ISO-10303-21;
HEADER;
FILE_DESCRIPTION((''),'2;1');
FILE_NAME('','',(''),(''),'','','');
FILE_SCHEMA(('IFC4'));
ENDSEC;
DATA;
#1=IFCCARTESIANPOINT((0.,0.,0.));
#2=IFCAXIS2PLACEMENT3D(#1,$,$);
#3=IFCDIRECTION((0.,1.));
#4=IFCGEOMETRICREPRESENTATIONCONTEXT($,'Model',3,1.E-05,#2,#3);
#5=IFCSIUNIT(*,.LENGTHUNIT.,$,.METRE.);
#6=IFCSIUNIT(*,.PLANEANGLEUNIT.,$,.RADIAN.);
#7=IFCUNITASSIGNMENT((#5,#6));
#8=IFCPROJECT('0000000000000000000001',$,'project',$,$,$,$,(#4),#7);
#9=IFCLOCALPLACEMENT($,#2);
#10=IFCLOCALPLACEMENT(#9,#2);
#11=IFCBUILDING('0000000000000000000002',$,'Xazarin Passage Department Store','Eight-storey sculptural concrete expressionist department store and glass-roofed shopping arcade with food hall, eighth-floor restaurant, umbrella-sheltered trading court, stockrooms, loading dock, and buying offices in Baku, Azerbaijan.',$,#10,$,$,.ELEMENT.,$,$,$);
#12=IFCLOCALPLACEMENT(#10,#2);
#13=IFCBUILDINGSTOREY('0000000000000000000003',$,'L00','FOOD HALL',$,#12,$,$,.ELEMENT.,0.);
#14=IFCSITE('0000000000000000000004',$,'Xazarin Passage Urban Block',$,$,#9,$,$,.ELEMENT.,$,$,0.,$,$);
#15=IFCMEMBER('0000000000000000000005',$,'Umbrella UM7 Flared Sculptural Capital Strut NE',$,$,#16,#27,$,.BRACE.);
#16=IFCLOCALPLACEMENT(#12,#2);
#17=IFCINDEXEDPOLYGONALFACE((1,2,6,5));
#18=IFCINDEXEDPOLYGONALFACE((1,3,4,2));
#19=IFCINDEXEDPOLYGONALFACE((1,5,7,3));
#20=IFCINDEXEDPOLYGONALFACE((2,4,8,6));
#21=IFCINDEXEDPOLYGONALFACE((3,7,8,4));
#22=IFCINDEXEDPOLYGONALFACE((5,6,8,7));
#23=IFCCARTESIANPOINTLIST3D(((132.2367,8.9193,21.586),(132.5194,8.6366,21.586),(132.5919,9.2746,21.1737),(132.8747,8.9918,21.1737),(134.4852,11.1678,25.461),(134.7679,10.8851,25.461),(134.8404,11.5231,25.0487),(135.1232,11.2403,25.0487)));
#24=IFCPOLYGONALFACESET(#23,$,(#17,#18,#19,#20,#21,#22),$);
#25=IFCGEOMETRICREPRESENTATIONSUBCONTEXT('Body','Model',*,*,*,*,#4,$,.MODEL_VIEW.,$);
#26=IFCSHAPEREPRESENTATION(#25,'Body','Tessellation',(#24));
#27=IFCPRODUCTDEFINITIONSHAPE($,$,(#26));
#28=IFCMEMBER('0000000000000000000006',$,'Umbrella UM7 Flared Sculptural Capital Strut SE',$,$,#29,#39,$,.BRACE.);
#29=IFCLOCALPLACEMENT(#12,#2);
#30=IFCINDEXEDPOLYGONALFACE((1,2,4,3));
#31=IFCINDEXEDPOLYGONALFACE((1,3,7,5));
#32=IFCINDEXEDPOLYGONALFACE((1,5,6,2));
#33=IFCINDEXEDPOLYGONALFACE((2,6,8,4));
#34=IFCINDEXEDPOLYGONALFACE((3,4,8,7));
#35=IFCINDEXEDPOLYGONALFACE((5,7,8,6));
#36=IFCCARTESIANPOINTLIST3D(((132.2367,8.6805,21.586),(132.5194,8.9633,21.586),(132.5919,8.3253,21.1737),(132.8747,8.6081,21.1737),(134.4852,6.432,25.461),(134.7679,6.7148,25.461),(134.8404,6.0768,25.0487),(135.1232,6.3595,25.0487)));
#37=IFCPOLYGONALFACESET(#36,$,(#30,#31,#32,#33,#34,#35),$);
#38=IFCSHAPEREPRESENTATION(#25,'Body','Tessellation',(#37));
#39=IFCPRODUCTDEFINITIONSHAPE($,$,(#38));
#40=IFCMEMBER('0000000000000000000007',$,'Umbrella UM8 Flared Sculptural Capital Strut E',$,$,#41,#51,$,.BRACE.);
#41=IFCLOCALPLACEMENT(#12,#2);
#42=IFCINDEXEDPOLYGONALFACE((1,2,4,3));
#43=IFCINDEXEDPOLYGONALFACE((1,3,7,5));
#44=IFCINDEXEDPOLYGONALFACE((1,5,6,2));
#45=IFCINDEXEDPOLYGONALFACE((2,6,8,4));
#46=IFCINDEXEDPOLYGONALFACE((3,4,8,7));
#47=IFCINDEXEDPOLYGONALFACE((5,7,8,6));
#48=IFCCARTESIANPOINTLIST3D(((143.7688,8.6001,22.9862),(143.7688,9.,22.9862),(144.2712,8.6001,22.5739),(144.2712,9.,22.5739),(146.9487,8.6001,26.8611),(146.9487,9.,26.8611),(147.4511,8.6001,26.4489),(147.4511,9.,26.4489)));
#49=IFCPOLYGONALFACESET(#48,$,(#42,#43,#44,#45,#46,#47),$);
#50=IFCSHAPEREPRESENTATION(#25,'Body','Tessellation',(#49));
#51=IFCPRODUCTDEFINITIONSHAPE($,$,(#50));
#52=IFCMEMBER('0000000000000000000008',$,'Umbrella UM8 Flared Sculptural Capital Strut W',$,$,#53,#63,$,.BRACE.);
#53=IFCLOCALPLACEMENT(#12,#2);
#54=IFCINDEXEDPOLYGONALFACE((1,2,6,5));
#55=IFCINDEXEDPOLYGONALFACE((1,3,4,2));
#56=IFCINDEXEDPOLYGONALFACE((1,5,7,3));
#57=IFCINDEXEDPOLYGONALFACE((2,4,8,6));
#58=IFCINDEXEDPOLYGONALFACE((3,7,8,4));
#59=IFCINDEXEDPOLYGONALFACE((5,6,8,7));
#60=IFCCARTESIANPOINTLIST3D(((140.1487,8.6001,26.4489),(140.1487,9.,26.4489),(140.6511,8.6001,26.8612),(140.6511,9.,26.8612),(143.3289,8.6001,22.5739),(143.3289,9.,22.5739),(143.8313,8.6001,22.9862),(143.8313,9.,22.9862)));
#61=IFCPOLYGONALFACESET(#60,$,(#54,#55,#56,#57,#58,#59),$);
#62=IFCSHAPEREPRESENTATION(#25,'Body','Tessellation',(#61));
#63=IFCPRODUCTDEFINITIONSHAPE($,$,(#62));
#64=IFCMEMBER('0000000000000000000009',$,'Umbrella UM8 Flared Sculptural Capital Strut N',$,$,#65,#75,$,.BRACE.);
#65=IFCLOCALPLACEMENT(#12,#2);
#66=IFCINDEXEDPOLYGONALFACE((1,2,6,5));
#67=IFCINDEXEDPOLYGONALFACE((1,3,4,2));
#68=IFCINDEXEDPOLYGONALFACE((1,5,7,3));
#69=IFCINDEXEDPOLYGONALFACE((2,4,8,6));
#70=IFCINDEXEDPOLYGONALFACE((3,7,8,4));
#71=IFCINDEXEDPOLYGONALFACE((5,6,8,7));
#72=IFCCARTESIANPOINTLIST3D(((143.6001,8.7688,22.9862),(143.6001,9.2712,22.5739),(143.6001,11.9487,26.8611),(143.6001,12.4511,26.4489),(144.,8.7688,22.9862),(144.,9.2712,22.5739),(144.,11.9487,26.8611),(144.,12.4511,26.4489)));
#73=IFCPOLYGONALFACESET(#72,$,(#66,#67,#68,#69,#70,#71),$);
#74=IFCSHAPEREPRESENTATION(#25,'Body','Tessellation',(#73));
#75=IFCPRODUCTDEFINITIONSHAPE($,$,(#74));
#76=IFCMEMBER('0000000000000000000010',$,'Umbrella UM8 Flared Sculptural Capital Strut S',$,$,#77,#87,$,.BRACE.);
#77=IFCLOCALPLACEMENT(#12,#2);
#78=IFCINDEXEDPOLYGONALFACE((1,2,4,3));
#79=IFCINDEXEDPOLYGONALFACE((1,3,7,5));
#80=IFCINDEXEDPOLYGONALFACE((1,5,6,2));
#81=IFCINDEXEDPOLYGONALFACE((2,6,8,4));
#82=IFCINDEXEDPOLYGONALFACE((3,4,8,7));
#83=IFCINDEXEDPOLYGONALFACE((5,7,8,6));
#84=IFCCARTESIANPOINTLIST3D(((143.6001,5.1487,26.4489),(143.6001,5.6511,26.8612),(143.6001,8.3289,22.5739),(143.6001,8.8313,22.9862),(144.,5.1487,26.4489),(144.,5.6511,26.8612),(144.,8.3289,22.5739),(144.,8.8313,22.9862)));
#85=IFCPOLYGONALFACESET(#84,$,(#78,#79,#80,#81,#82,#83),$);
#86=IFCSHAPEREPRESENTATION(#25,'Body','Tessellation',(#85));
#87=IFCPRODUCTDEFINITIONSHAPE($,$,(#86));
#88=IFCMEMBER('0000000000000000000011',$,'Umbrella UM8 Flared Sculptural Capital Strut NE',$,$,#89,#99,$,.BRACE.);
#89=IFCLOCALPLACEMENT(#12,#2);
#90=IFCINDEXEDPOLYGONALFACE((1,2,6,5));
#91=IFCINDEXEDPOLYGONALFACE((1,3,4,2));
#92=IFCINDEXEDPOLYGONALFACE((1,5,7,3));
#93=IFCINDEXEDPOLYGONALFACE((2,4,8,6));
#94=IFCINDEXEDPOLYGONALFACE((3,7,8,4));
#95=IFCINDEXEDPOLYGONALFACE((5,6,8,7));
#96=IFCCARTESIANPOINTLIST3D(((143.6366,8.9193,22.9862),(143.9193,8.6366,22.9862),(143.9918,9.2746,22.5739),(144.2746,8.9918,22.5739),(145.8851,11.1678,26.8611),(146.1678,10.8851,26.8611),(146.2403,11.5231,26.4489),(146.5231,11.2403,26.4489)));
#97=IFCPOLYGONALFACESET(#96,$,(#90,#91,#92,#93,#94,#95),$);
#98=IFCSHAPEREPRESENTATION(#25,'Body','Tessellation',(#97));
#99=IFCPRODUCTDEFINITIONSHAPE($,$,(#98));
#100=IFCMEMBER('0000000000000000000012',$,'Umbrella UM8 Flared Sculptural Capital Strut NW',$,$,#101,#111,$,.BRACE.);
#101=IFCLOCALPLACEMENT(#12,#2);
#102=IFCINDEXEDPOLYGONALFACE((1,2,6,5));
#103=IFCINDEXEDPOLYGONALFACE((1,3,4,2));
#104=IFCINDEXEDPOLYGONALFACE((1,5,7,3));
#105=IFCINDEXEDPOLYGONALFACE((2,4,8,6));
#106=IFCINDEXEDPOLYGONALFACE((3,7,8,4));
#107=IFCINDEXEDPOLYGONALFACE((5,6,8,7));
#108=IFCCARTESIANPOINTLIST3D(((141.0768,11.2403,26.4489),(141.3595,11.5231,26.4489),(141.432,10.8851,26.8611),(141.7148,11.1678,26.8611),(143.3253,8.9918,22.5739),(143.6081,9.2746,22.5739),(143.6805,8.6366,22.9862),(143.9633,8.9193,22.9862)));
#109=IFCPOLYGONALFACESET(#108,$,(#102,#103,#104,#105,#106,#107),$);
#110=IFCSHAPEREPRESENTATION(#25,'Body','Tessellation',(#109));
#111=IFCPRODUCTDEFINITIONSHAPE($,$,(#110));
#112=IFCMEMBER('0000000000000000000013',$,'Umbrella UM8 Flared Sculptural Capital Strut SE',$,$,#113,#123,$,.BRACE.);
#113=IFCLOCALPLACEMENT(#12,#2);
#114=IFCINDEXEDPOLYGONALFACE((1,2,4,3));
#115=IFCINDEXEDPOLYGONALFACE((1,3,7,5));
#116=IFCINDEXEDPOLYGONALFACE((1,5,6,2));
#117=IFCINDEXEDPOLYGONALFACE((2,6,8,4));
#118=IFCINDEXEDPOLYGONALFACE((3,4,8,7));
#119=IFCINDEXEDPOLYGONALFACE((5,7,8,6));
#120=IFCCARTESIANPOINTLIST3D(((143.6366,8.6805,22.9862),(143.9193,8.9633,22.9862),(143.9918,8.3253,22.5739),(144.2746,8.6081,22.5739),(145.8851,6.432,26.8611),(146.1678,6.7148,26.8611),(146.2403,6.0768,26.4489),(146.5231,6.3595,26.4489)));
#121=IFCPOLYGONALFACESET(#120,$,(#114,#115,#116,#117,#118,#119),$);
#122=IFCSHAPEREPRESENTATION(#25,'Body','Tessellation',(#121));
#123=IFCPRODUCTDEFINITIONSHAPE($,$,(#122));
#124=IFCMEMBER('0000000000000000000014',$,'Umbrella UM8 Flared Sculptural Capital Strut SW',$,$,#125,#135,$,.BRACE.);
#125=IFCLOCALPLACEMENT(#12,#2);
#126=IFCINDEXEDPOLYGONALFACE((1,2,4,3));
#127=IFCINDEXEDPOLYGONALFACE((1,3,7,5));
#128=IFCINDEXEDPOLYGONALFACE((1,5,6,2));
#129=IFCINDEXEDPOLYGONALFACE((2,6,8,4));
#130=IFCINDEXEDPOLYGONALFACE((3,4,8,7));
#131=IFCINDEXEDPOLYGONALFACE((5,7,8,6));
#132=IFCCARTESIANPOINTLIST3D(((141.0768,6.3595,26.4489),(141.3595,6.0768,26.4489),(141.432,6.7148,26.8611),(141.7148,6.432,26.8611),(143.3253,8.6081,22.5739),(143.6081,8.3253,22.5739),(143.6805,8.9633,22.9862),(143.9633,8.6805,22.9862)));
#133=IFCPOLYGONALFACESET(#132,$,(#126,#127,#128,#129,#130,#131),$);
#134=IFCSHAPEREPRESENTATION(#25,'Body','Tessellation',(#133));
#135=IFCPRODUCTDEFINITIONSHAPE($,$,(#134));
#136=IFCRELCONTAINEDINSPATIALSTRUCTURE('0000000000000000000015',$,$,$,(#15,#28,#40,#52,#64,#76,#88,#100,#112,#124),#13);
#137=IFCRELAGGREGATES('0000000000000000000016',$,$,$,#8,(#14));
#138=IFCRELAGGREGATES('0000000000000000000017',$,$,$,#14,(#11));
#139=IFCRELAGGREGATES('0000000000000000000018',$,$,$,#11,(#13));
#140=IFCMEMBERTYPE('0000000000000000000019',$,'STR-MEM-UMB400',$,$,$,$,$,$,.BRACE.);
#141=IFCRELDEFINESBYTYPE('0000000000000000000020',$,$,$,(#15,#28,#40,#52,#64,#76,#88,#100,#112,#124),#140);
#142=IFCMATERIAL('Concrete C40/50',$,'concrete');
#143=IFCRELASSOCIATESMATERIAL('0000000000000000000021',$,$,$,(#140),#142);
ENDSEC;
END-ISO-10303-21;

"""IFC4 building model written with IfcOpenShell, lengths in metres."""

from ifc_helpers import new_model, si_unit, direction, frame, origin, origin_2d, place, context, subcontext, project, spatial, rectangle, extrude, material, material_profile, profile_set, type_object, element, save


model = new_model("IFC4")

# Units and contexts
model_context = context("Model", 3, precision=1e-05, world=origin(), true_north=direction((0.0, 1.0)))
body_context = subcontext(model_context, "Body", "Model", "MODEL_VIEW")
ifc_project = project(units=[si_unit("LENGTHUNIT", "METRE"), si_unit("PLANEANGLEUNIT", "RADIAN")], contexts=[model_context])

# Site, building, storey
site_placement = place(None, origin())
site = spatial("IfcSite", under=ifc_project, at=site_placement, Name="Xazarin Passage Urban Block", CompositionType="ELEMENT", RefElevation=0.0)
building_placement = place(site_placement, origin())
building = spatial("IfcBuilding", under=site, at=building_placement, Name="Xazarin Passage Department Store", Description="Eight-storey sculptural concrete expressionist department store and glass-roofed shopping arcade with food hall, eighth-floor restaurant, umbrella-sheltered trading court, stockrooms, loading dock, and buying offices in Baku, Azerbaijan.", CompositionType="ELEMENT")
storey_placement = place(building_placement, origin())
storey = spatial("IfcBuildingStorey", under=building, at=storey_placement, Name="L00", Description="FOOD HALL", CompositionType="ELEMENT", Elevation=0.0)

# Shared definitions
ifc_material_1 = material(Name="Concrete C40/50", Category="concrete")

# Members
ifc_material_profile_1 = material_profile(ifc_material_1, rectangle(XDim=0.3999, YDim=0.6499, at=origin_2d()), Name="RC 400x650")
ifc_profile_set_1 = profile_set([ifc_material_profile_1], Name="Concrete C40/50")
member_type = type_object("IfcMemberType", Name="STR-MEM-UMB400", PredefinedType="BRACE", material=ifc_profile_set_1)
for number, where, z_axis, x_axis, name in (
    (1, (132.5557, 8.9556, 21.3799), (0.448565, 0.448565, 0.773032), (-0.707107, 0.707107, 0.0), "Umbrella UM7 Flared Sculptural Capital Strut NE"),
    (2, (132.5557, 8.6443, 21.3799), (0.448565, -0.448565, 0.773032), (0.707107, 0.707107, 0.0), "Umbrella UM7 Flared Sculptural Capital Strut SE"),
    (3, (144.02, 8.8, 22.78), (0.63437, 0.0, 0.77303), (0.0, 1.0, 0.0), "Umbrella UM8 Flared Sculptural Capital Strut E"),
):
    element("IfcMember", number, at=place(storey_placement, frame(where, z_axis=z_axis, x_axis=x_axis)), inside=storey, type_object=member_type, Name=name, PredefinedType="BRACE", context=body_context, shape_type="SweptSolid", body=[
        extrude(rectangle(XDim=0.3999, YDim=0.6499, at=origin_2d()), origin(), (0.0, 0.0, 1.0), 5.0127),
    ])
member_1_placement = place(storey_placement, frame((143.5801, 8.8, 22.78), z_axis=(-0.634399, 0.0, 0.773006), x_axis=(0.0, -1.0, 0.0)))
element("IfcMember", 4, at=member_1_placement, inside=storey, type_object=member_type, Name="Umbrella UM8 Flared Sculptural Capital Strut W", PredefinedType="BRACE", context=body_context, shape_type="SweptSolid", body=[
    extrude(rectangle(XDim=0.3999, YDim=0.6499, at=origin_2d()), origin(), (0.0, 0.0, 1.0), 5.0129),
])
member_2_placement = place(storey_placement, frame((143.8, 9.02, 22.78), z_axis=(0.0, 0.63437, 0.77303), x_axis=(-1.0, 0.0, 0.0)))
element("IfcMember", 5, at=member_2_placement, inside=storey, type_object=member_type, Name="Umbrella UM8 Flared Sculptural Capital Strut N", PredefinedType="BRACE", context=body_context, shape_type="SweptSolid", body=[
    extrude(rectangle(XDim=0.3999, YDim=0.6499, at=origin_2d()), origin(), (0.0, 0.0, 1.0), 5.0127),
])
member_3_placement = place(storey_placement, frame((143.8, 8.5801, 22.78), z_axis=(0.0, -0.634399, 0.773006), x_axis=(1.0, 0.0, 0.0)))
element("IfcMember", 6, at=member_3_placement, inside=storey, type_object=member_type, Name="Umbrella UM8 Flared Sculptural Capital Strut S", PredefinedType="BRACE", context=body_context, shape_type="SweptSolid", body=[
    extrude(rectangle(XDim=0.3999, YDim=0.6499, at=origin_2d()), origin(), (0.0, 0.0, 1.0), 5.0129),
])
for number, where, z_axis, x_axis, name in (
    (7, (143.9556, 8.9556, 22.78), (0.448565, 0.448565, 0.773032), (-0.707107, 0.707107, 0.0), "Umbrella UM8 Flared Sculptural Capital Strut NE"),
    (8, (143.6443, 8.9556, 22.78), (-0.448565, 0.448565, 0.773032), (-0.707107, -0.707107, 0.0), "Umbrella UM8 Flared Sculptural Capital Strut NW"),
    (9, (143.9556, 8.6443, 22.78), (0.448565, -0.448565, 0.773032), (0.707107, 0.707107, 0.0), "Umbrella UM8 Flared Sculptural Capital Strut SE"),
    (10, (143.6443, 8.6443, 22.78), (-0.448565, -0.448565, 0.773032), (0.707107, -0.707107, 0.0), "Umbrella UM8 Flared Sculptural Capital Strut SW"),
):
    element("IfcMember", number, at=place(storey_placement, frame(where, z_axis=z_axis, x_axis=x_axis)), inside=storey, type_object=member_type, Name=name, PredefinedType="BRACE", context=body_context, shape_type="SweptSolid", body=[
        extrude(rectangle(XDim=0.3999, YDim=0.6499, at=origin_2d()), origin(), (0.0, 0.0, 1.0), 5.0127),
    ])

save(model, "model.ifc")
